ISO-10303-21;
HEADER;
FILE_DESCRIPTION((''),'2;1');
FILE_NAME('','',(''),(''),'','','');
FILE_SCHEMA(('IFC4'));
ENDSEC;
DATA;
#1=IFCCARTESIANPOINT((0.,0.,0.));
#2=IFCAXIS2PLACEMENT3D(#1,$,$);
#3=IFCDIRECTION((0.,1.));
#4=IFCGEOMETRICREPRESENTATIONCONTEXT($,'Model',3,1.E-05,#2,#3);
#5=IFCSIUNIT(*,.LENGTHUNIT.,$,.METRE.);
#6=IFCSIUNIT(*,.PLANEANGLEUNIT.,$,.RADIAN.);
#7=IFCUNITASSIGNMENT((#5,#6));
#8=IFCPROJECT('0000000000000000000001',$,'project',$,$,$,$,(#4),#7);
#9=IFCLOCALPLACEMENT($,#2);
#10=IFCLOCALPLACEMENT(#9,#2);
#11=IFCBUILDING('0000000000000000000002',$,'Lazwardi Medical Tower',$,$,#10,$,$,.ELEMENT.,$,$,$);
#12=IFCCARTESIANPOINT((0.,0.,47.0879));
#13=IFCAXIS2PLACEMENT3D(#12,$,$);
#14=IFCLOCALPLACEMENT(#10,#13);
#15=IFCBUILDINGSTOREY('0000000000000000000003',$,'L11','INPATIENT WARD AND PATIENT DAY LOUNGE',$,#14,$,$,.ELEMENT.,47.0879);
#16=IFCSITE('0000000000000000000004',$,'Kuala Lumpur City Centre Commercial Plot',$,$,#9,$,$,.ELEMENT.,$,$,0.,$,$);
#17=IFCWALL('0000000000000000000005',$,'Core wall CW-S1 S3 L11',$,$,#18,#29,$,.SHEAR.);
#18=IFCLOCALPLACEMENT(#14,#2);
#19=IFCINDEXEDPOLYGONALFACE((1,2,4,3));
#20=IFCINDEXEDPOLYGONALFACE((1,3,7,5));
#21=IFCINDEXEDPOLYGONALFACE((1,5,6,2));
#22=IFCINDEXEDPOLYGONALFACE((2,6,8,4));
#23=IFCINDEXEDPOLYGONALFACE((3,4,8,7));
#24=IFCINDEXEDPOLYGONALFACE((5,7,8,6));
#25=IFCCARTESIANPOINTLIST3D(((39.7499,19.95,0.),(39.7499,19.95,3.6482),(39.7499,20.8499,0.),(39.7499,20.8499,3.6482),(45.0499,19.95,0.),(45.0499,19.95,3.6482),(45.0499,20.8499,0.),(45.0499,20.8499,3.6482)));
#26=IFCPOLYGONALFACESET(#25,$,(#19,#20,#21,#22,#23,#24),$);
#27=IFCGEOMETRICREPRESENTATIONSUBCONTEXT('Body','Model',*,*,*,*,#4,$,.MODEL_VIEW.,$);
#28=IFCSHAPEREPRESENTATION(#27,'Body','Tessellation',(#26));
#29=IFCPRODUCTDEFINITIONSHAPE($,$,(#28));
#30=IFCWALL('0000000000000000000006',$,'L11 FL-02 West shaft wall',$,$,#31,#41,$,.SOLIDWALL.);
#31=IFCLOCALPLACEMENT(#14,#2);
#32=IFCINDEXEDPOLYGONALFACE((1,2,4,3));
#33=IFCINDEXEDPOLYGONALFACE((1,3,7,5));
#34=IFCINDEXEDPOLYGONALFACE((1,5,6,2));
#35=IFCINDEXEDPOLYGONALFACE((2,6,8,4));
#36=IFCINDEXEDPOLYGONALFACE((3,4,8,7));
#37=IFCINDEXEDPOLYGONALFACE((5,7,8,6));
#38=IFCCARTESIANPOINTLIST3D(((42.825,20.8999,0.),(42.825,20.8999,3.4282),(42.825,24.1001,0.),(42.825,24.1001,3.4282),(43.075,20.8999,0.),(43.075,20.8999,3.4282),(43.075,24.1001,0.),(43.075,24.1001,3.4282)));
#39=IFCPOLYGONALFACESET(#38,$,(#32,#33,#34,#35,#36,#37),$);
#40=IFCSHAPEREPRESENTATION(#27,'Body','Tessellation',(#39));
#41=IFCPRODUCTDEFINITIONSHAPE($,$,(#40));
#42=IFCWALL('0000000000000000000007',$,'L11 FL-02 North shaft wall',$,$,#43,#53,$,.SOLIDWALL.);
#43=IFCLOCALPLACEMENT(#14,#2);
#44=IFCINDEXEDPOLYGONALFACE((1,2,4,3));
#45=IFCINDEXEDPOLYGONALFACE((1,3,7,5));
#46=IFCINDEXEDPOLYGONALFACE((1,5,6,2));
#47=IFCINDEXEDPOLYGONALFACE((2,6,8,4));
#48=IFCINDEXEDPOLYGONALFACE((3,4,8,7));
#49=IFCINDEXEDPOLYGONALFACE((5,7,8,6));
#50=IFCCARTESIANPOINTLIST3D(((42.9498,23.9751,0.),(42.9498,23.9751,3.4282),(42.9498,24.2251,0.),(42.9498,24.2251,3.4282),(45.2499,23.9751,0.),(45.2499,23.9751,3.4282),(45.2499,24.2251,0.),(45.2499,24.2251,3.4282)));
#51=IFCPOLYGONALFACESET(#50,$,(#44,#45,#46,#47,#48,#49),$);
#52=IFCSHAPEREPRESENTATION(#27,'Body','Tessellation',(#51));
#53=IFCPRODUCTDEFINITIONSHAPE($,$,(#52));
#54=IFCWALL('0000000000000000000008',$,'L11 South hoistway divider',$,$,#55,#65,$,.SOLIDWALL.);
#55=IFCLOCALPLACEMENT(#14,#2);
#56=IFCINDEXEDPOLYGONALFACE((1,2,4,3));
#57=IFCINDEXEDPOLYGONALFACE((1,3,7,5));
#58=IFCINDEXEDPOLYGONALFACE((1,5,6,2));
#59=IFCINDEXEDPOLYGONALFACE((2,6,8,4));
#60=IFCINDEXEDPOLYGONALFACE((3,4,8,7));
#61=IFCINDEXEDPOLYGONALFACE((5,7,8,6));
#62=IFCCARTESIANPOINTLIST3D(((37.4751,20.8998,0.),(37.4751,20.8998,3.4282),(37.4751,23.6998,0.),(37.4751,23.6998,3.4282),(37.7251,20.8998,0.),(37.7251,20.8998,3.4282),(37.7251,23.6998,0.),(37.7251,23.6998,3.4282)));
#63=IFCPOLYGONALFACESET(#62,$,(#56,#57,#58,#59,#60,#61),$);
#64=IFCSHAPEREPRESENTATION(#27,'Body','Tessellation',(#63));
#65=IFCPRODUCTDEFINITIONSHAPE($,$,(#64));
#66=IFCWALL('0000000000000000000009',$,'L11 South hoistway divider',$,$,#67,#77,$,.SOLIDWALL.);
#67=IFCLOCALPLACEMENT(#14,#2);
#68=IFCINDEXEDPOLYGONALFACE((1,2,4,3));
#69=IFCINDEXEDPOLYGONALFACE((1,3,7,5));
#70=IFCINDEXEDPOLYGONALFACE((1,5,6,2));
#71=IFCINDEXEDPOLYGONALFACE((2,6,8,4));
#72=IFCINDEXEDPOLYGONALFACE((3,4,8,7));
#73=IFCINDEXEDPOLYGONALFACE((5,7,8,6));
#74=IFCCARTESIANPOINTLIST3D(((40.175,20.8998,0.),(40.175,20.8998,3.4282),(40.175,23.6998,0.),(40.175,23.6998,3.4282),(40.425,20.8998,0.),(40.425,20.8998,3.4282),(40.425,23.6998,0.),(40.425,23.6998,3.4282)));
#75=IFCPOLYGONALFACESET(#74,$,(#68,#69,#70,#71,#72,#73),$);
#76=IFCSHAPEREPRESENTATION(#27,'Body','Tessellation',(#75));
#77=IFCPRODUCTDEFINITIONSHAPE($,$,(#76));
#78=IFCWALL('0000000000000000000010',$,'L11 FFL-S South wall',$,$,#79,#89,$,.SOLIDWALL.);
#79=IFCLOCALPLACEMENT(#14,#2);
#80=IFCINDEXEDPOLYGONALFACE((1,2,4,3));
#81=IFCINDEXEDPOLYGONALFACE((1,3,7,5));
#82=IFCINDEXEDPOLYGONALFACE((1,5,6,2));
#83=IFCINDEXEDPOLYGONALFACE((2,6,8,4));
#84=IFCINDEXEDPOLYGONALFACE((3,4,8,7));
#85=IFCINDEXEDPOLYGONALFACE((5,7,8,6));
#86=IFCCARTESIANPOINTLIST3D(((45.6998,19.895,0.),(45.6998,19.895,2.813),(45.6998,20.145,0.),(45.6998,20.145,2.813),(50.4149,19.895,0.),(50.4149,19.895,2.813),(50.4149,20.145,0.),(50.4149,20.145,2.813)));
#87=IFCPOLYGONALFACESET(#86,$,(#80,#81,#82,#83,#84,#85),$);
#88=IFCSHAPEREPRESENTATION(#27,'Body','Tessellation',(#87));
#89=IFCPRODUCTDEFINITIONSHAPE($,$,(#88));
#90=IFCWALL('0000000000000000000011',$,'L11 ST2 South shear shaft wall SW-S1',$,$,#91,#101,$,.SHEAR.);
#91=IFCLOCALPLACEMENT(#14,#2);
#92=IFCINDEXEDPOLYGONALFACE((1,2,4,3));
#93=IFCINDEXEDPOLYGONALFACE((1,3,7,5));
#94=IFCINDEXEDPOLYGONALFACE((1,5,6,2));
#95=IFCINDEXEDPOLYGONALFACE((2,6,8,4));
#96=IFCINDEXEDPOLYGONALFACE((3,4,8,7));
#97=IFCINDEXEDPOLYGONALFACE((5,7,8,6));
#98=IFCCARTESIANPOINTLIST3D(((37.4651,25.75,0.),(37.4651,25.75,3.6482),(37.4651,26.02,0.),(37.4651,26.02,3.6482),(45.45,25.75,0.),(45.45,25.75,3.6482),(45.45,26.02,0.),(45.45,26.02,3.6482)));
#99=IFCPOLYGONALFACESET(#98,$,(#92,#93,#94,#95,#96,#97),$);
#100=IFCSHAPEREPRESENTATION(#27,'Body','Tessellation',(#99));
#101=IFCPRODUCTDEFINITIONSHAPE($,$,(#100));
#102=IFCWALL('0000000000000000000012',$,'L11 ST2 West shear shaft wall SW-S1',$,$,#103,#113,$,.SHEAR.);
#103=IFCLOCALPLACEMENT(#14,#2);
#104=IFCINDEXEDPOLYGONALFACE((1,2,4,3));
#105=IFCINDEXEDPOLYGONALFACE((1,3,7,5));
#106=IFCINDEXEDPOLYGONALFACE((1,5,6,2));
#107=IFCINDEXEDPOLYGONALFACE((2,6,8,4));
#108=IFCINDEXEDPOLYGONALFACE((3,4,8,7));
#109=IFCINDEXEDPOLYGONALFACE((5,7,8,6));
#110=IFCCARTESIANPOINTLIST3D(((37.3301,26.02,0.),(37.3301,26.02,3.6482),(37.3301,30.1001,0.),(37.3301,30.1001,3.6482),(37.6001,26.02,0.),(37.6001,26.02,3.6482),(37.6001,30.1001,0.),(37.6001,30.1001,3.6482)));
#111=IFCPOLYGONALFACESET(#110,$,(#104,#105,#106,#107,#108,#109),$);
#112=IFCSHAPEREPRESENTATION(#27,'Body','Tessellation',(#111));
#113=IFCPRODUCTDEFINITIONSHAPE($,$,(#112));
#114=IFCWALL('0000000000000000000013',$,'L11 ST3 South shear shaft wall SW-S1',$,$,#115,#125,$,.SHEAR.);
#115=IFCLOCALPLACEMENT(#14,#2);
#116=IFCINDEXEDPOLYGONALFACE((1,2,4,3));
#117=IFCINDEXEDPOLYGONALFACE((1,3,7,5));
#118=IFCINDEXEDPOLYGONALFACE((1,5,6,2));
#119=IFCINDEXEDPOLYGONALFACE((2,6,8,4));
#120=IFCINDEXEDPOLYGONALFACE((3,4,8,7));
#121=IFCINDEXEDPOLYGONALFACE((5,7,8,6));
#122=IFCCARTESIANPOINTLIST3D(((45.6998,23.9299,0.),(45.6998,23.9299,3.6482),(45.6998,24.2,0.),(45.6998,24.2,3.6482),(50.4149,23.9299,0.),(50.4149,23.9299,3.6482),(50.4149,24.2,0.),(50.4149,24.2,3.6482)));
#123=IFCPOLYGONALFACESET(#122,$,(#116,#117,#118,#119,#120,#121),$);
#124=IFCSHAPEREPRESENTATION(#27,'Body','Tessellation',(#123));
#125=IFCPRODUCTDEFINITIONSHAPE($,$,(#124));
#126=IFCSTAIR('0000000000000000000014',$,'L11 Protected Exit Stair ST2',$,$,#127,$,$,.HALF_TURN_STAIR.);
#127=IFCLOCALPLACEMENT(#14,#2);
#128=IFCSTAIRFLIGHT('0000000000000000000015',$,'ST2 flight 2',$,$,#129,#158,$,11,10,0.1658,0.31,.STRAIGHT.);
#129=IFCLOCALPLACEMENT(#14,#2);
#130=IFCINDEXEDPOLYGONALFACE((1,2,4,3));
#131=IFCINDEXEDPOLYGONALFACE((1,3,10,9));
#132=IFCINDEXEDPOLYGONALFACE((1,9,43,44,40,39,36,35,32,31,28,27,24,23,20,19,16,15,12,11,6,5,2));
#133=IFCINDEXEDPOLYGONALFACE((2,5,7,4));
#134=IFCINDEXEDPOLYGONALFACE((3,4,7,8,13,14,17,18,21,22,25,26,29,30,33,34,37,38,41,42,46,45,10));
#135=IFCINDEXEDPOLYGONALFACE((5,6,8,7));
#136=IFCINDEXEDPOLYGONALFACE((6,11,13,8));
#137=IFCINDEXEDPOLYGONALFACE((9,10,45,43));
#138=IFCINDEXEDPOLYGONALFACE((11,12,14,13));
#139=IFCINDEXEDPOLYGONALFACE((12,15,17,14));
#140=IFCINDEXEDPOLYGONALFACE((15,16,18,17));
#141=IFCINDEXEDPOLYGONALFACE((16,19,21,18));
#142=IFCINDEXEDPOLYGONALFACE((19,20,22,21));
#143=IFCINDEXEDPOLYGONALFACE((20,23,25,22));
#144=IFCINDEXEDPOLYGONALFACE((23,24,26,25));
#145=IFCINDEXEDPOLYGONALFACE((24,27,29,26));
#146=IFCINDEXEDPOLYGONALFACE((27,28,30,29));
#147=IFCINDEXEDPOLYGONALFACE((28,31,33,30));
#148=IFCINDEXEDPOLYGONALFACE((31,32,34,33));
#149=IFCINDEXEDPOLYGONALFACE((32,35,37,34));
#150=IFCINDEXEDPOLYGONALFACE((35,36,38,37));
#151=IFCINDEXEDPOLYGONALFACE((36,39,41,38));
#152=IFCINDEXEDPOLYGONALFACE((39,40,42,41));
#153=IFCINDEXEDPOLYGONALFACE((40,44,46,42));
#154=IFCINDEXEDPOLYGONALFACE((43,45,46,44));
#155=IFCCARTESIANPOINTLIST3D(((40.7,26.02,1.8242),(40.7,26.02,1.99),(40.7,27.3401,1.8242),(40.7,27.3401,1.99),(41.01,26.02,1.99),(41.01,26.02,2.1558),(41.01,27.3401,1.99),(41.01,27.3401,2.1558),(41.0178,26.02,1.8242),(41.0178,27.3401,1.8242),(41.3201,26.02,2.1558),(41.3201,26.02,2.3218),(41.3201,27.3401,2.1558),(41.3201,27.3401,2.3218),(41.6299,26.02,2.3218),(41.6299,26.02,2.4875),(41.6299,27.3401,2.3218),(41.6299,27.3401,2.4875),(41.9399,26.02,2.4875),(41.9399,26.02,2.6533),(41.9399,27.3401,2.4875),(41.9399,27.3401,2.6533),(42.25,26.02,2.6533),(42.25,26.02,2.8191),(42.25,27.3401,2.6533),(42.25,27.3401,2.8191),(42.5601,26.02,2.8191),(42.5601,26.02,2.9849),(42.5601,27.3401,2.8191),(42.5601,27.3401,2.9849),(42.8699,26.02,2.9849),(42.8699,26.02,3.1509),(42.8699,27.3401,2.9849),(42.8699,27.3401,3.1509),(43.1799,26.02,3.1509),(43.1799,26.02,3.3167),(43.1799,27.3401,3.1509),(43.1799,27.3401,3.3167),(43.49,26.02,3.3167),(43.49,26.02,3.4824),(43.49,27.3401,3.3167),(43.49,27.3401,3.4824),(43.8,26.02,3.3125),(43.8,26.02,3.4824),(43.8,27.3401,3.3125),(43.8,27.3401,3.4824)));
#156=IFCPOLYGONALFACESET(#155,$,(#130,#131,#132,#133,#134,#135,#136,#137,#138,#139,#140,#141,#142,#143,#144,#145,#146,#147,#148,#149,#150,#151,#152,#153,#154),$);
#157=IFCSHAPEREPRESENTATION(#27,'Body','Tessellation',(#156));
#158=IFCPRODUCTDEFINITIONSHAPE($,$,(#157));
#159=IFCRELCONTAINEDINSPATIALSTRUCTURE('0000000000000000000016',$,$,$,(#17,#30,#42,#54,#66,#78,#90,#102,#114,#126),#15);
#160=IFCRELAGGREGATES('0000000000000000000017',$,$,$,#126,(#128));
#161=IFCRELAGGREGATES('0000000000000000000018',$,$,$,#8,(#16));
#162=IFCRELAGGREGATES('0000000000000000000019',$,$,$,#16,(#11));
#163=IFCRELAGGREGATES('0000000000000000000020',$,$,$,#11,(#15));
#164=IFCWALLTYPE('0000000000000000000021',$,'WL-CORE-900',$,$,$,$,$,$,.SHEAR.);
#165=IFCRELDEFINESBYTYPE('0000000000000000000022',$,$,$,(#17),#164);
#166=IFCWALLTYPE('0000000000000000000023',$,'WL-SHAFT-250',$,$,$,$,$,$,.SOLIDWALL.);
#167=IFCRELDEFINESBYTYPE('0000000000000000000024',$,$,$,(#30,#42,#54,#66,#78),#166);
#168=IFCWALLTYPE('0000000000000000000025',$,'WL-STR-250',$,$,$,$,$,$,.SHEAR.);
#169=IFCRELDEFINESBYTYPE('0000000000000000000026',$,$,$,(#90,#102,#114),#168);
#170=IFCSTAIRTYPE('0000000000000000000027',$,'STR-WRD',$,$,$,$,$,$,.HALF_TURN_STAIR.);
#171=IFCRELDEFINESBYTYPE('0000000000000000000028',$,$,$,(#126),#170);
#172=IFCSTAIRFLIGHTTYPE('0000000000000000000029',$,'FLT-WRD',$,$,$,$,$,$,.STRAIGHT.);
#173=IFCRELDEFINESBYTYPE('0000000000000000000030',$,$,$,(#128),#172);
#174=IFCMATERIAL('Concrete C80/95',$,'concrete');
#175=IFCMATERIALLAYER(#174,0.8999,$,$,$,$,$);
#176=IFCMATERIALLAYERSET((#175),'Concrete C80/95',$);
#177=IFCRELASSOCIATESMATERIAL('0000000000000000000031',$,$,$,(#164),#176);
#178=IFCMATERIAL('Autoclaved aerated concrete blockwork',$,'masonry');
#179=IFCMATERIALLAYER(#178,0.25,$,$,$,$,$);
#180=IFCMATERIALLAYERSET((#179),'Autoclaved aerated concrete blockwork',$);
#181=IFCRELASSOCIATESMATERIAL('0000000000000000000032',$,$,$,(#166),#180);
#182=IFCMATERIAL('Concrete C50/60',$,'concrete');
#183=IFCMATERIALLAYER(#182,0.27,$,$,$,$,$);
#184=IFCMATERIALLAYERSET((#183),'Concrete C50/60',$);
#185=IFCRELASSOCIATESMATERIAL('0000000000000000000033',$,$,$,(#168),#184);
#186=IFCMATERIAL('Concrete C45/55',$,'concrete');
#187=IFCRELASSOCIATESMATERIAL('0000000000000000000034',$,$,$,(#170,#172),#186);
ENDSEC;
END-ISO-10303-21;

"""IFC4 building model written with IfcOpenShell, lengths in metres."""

from ifc_helpers import new_model, si_unit, direction, frame, frame_2d, origin, place, context, subcontext, project, spatial, polyline, rectangle, outline, extrude, material, layer, layer_set, type_object, element, aggregate, save


model = new_model("IFC4")

# Units and contexts
model_context = context("Model", 3, precision=1e-05, world=origin(), true_north=direction((0.0, 1.0)))
body_context = subcontext(model_context, "Body", "Model", "MODEL_VIEW")
ifc_project = project(units=[si_unit("LENGTHUNIT", "METRE"), si_unit("PLANEANGLEUNIT", "RADIAN")], contexts=[model_context])

# Site, building, storey
site_placement = place(None, origin())
site = spatial("IfcSite", under=ifc_project, at=site_placement, Name="Kuala Lumpur City Centre Commercial Plot", CompositionType="ELEMENT", RefElevation=0.0)
building_placement = place(site_placement, origin())
building = spatial("IfcBuilding", under=site, at=building_placement, Name="Lazwardi Medical Tower", CompositionType="ELEMENT")
storey_placement = place(building_placement, frame((0.0, 0.0, 47.0879)))
storey = spatial("IfcBuildingStorey", under=building, at=storey_placement, Name="L11", Description="INPATIENT WARD AND PATIENT DAY LOUNGE", CompositionType="ELEMENT", Elevation=47.0879)

# Shared definitions
ifc_material_1 = material(Name="Concrete C80/95", Category="concrete")

# Shared definitions
ifc_layer_1 = layer(ifc_material_1, 0.8999)
ifc_layer_set_1 = layer_set([ifc_layer_1], Name="Concrete C80/95")
wall_type_1 = type_object("IfcWallType", Name="WL-CORE-900", PredefinedType="SHEAR", material=ifc_layer_set_1)

# Walls
wall_1_placement = place(storey_placement, frame((39.75, 20.3999, 0.0), z_axis=(0.0, 0.0, 1.0), x_axis=(1.0, 0.0, 0.0)))
element("IfcWall", 1, at=wall_1_placement, inside=storey, type_object=wall_type_1, Name="Core wall CW-S1 S3 L11", PredefinedType="SHEAR", context=body_context, shape_type="SweptSolid", body=[
    extrude(rectangle(XDim=5.3, YDim=0.8999, at=frame_2d((2.6499, 0.0))), origin(), (0.0, 0.0, 1.0), 3.6482),
])
ifc_material_2 = material(Name="Autoclaved aerated concrete blockwork", Category="masonry")
ifc_layer_2 = layer(ifc_material_2, 0.25)
ifc_layer_set_2 = layer_set([ifc_layer_2], Name="Autoclaved aerated concrete blockwork")
wall_type_2 = type_object("IfcWallType", Name="WL-SHAFT-250", PredefinedType="SOLIDWALL", material=ifc_layer_set_2)
wall_2_placement = place(storey_placement, frame((42.95, 20.8999, 0.0), z_axis=(0.0, 0.0, 1.0), x_axis=(0.0, 1.0, 0.0)))
element("IfcWall", 2, at=wall_2_placement, inside=storey, type_object=wall_type_2, Name="L11 FL-02 West shaft wall", PredefinedType="SOLIDWALL", context=body_context, shape_type="SweptSolid", body=[
    extrude(rectangle(XDim=3.2002, YDim=0.25, at=frame_2d((1.6001, 0.0))), origin(), (0.0, 0.0, 1.0), 3.4282),
])
wall_3_placement = place(storey_placement, frame((42.95, 24.1001, 0.0), z_axis=(0.0, 0.0, 1.0), x_axis=(1.0, 0.0, 0.0)))
element("IfcWall", 3, at=wall_3_placement, inside=storey, type_object=wall_type_2, Name="L11 FL-02 North shaft wall", PredefinedType="SOLIDWALL", context=body_context, shape_type="SweptSolid", body=[
    extrude(rectangle(XDim=2.3, YDim=0.25, at=frame_2d((1.1499, 0.0))), origin(), (0.0, 0.0, 1.0), 3.4282),
])
for number, where, z_axis, x_axis, name in (
    (4, (37.6001, 20.8999, 0.0), (0.0, 0.0, 1.0), (0.0, 1.0, 0.0), "L11 South hoistway divider"),
    (5, (40.3, 20.8999, 0.0), (0.0, 0.0, 1.0), (0.0, 1.0, 0.0), "L11 South hoistway divider"),
):
    element("IfcWall", number, at=place(storey_placement, frame(where, z_axis=z_axis, x_axis=x_axis)), inside=storey, type_object=wall_type_2, Name=name, PredefinedType="SOLIDWALL", context=body_context, shape_type="SweptSolid", body=[
        extrude(rectangle(XDim=2.8, YDim=0.25, at=frame_2d((1.3999, 0.0))), origin(), (0.0, 0.0, 1.0), 3.4282),
    ])
wall_4_placement = place(storey_placement, frame((45.7, 20.02, 0.0), z_axis=(0.0, 0.0, 1.0), x_axis=(1.0, 0.0, 0.0)))
element("IfcWall", 6, at=wall_4_placement, inside=storey, type_object=wall_type_2, Name="L11 FFL-S South wall", PredefinedType="SOLIDWALL", context=body_context, shape_type="SweptSolid", body=[
    extrude(rectangle(XDim=4.7151, YDim=0.25, at=frame_2d((2.3574, 0.0))), origin(), (0.0, 0.0, 1.0), 2.813),
])
ifc_material_3 = material(Name="Concrete C50/60", Category="concrete")
ifc_layer_3 = layer(ifc_material_3, 0.27)
ifc_layer_set_3 = layer_set([ifc_layer_3], Name="Concrete C50/60")
wall_type_3 = type_object("IfcWallType", Name="WL-STR-250", PredefinedType="SHEAR", material=ifc_layer_set_3)
wall_5_placement = place(storey_placement, frame((37.4651, 25.885, 0.0), z_axis=(0.0, 0.0, 1.0), x_axis=(1.0, 0.0, 0.0)))
element("IfcWall", 7, at=wall_5_placement, inside=storey, type_object=wall_type_3, Name="L11 ST2 South shear shaft wall SW-S1", PredefinedType="SHEAR", context=body_context, shape_type="SweptSolid", body=[
    extrude(rectangle(XDim=7.9849, YDim=0.27, at=frame_2d((3.9924, 0.0))), origin(), (0.0, 0.0, 1.0), 3.6482),
])
wall_6_placement = place(storey_placement, frame((37.4651, 26.02, 0.0), z_axis=(0.0, 0.0, 1.0), x_axis=(0.0, 1.0, 0.0)))
element("IfcWall", 8, at=wall_6_placement, inside=storey, type_object=wall_type_3, Name="L11 ST2 West shear shaft wall SW-S1", PredefinedType="SHEAR", context=body_context, shape_type="SweptSolid", body=[
    extrude(rectangle(XDim=4.0801, YDim=0.27, at=frame_2d((2.04, 0.0))), origin(), (0.0, 0.0, 1.0), 3.6482),
])
wall_7_placement = place(storey_placement, frame((45.7, 24.0649, 0.0), z_axis=(0.0, 0.0, 1.0), x_axis=(1.0, 0.0, 0.0)))
element("IfcWall", 9, at=wall_7_placement, inside=storey, type_object=wall_type_3, Name="L11 ST3 South shear shaft wall SW-S1", PredefinedType="SHEAR", context=body_context, shape_type="SweptSolid", body=[
    extrude(rectangle(XDim=4.7151, YDim=0.27, at=frame_2d((2.3574, 0.0))), origin(), (0.0, 0.0, 1.0), 3.6482),
])

# Stair, stair flight
ifc_material_4 = material(Name="Concrete C45/55", Category="concrete")
stair_type = type_object("IfcStairType", Name="STR-WRD", PredefinedType="HALF_TURN_STAIR", material=ifc_material_4)
stair_placement = place(storey_placement, origin())
stair = element("IfcStair", 10, at=stair_placement, inside=storey, type_object=stair_type, Name="L11 Protected Exit Stair ST2", PredefinedType="HALF_TURN_STAIR")
stair_flight_type = type_object("IfcStairFlightType", Name="FLT-WRD", PredefinedType="STRAIGHT", material=ifc_material_4)
stair_flight_placement = place(storey_placement, frame((40.7, 26.6799, 1.8242), z_axis=(0.0, 0.0, 1.0), x_axis=(1.0, 0.0, 0.0)))
stair_flight = element("IfcStairFlight", 11, at=stair_flight_placement, type_object=stair_flight_type, Name="ST2 flight 2", NumberOfRisers=11, NumberOfTreads=10, PredefinedType="STRAIGHT", RiserHeight=0.1658, TreadLength=0.31, context=body_context, shape_type="SweptSolid", body=[
    extrude(outline(polyline([(0.0, 0.0), (0.0, 0.1658), (0.3101, 0.1658), (0.3101, 0.3315), (0.6201, 0.3315), (0.6201, 0.4976), (0.9299, 0.4976), (0.9299, 0.6633), (1.24, 0.6633), (1.24, 0.8291), (1.55, 0.8291), (1.55, 0.9949), (1.8601, 0.9949), (1.8601, 1.1606), (2.1699, 1.1606), (2.1699, 1.3267), (2.48, 1.3267), (2.48, 1.4924), (2.79, 1.4924), (2.79, 1.6582), (3.1001, 1.6582), (3.1001, 1.824), (3.1001, 1.4883), (0.3179, 0.0), (0.0, 0.0)])), frame((0.0, 0.6602, 0.0), z_axis=(0.0, -1.0, 0.0), x_axis=(1.0, 0.0, 0.0)), (0.0, 0.0, 1.0), 1.3201),
])
aggregate(stair, [stair_flight])

save(model, "model.ifc")
